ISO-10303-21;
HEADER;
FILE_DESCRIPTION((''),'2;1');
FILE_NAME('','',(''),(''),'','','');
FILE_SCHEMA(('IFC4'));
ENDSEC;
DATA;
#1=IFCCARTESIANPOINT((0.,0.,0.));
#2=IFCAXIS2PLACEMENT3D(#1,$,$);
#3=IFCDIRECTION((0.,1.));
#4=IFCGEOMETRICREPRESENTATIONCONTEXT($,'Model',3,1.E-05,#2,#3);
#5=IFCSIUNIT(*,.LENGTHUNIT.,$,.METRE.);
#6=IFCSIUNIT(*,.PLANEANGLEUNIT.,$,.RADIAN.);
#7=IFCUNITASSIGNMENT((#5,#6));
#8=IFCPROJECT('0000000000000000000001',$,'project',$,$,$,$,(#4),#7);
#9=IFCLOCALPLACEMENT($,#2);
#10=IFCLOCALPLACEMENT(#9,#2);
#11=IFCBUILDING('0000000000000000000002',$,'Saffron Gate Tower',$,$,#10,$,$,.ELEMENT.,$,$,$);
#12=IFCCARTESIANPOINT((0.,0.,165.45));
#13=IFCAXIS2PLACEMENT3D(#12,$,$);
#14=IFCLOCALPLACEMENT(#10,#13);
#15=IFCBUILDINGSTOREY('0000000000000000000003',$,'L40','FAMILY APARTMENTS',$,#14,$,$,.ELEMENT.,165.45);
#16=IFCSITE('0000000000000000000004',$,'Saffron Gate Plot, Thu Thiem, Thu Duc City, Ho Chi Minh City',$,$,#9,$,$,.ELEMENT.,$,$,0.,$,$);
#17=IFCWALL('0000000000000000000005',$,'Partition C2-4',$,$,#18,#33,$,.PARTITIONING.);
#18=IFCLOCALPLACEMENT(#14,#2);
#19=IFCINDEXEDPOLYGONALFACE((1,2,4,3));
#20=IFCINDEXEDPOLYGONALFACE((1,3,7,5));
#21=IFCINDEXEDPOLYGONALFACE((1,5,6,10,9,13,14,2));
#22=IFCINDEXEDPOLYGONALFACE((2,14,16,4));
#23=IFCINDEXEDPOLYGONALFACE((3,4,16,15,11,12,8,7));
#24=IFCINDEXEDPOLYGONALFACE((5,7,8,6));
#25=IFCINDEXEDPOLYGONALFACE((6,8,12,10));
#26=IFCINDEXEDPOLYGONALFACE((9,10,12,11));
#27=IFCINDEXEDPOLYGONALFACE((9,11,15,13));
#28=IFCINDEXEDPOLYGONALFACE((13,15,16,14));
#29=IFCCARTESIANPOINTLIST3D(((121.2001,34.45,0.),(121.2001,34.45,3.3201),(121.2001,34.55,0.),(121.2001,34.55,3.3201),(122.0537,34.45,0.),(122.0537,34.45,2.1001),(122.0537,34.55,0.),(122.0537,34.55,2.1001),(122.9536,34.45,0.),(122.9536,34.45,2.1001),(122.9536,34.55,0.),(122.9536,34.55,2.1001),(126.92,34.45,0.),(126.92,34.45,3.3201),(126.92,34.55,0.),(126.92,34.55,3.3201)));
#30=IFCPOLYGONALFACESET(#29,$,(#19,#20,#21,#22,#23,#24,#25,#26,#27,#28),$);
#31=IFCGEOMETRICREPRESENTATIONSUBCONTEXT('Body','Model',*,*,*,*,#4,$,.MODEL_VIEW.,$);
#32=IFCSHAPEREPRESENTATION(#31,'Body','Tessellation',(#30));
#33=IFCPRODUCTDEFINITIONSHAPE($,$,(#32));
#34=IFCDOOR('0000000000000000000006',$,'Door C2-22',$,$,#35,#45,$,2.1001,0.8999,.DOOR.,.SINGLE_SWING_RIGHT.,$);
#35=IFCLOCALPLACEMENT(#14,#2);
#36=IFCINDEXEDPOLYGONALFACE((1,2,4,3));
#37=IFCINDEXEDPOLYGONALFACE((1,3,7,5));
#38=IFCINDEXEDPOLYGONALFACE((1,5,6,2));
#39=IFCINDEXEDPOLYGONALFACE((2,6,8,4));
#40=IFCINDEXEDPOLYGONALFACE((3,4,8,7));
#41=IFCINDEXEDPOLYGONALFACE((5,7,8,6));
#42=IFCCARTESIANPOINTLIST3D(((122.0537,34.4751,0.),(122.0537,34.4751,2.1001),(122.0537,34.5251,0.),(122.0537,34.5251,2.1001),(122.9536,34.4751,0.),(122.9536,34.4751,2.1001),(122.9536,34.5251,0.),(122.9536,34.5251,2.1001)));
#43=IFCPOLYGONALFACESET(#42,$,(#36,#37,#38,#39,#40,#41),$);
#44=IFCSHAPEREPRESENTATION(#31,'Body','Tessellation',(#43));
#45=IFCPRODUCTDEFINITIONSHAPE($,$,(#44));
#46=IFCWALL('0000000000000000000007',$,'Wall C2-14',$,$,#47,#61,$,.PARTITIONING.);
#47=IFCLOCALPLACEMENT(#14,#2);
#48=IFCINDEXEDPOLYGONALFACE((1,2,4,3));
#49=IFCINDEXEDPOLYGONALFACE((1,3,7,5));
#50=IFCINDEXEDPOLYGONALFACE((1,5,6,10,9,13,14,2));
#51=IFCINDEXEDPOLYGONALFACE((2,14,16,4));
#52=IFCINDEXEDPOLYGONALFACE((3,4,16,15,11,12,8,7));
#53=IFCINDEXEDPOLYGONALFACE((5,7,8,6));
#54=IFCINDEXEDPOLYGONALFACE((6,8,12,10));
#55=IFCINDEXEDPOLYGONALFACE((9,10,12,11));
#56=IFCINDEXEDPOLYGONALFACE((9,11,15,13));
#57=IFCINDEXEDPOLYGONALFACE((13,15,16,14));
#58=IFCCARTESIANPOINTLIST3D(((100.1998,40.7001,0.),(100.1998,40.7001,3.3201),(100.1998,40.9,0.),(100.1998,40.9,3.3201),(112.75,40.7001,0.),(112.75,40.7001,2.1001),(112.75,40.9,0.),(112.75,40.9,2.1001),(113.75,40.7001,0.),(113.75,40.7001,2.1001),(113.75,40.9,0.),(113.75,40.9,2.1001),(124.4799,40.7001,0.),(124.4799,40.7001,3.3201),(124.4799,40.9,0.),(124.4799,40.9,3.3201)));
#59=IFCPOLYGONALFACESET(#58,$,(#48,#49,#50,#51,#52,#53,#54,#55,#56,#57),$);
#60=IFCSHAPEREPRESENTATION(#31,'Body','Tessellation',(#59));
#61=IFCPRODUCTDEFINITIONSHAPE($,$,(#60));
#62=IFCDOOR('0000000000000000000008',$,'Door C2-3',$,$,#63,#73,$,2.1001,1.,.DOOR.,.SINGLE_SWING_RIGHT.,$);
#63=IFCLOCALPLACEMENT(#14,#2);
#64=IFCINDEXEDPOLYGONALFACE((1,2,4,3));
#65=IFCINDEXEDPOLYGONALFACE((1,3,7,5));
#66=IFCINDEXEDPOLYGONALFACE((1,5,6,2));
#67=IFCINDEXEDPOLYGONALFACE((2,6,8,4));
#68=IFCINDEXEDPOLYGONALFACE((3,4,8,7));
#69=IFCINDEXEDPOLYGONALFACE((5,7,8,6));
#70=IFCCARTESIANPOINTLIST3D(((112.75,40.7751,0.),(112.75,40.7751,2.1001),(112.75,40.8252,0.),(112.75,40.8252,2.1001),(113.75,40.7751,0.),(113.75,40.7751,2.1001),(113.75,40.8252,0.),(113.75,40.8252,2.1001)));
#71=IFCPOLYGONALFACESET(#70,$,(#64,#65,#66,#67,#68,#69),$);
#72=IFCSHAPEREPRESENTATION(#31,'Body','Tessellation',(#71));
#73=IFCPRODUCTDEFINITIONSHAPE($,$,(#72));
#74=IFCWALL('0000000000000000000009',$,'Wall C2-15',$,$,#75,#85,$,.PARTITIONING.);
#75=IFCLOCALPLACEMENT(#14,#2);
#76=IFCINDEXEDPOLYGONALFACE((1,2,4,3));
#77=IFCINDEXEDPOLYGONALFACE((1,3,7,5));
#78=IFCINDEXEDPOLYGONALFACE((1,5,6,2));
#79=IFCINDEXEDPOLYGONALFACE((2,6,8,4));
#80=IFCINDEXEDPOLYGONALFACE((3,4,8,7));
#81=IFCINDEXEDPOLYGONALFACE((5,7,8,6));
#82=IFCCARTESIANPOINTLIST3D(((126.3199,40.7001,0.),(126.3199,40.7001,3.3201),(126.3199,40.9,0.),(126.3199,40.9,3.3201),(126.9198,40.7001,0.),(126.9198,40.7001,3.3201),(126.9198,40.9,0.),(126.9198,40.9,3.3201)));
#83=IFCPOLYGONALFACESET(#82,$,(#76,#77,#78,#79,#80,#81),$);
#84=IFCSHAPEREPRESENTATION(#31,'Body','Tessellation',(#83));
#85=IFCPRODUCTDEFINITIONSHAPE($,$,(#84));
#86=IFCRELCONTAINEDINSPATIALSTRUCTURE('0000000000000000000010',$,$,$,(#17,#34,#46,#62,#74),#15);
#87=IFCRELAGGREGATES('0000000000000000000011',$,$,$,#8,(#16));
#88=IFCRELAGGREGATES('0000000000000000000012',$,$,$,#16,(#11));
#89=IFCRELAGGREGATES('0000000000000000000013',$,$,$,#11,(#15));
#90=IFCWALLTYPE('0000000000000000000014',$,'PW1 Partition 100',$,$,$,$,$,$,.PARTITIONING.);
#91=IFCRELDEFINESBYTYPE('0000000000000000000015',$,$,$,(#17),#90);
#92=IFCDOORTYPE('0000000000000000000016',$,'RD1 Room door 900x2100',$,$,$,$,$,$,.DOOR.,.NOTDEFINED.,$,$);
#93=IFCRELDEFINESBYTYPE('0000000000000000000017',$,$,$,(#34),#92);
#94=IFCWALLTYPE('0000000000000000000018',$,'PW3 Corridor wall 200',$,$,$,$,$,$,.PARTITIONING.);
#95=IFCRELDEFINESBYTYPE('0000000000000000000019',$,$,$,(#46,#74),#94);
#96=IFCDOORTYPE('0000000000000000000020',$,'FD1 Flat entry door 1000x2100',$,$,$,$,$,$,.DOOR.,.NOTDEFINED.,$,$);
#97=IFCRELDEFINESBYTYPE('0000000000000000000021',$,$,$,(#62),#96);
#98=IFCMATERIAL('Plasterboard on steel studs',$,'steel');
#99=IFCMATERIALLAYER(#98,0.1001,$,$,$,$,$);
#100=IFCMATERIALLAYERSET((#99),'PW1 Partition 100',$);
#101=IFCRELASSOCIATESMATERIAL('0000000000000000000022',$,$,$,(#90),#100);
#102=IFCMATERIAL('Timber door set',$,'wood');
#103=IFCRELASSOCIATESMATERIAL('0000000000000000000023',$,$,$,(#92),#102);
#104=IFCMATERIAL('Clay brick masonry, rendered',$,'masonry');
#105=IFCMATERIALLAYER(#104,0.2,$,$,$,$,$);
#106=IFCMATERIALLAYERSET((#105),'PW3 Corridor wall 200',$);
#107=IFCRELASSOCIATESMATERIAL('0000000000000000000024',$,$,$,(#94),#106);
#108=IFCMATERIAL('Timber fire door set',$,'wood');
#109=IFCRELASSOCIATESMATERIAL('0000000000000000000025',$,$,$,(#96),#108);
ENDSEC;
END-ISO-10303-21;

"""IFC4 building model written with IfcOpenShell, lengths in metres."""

from ifc_helpers import new_model, si_unit, direction, frame, frame_2d, origin, place, context, subcontext, project, spatial, rectangle, extrude, material, layer, layer_set, type_object, element, fill, save


model = new_model("IFC4")

# Units and contexts
model_context = context("Model", 3, precision=1e-05, world=origin(), true_north=direction((0.0, 1.0)))
body_context = subcontext(model_context, "Body", "Model", "MODEL_VIEW")
ifc_project = project(units=[si_unit("LENGTHUNIT", "METRE"), si_unit("PLANEANGLEUNIT", "RADIAN")], contexts=[model_context])

# Site, building, storey
site_placement = place(None, origin())
site = spatial("IfcSite", under=ifc_project, at=site_placement, Name="Saffron Gate Plot, Thu Thiem, Thu Duc City, Ho Chi Minh City", CompositionType="ELEMENT", RefElevation=0.0)
building_placement = place(site_placement, origin())
building = spatial("IfcBuilding", under=site, at=building_placement, Name="Saffron Gate Tower", CompositionType="ELEMENT")
storey_placement = place(building_placement, frame((0.0, 0.0, 165.45)))
storey = spatial("IfcBuildingStorey", under=building, at=storey_placement, Name="L40", Description="FAMILY APARTMENTS", CompositionType="ELEMENT", Elevation=165.45)

# Walls, openings, doors
ifc_material_1 = material(Name="Plasterboard on steel studs", Category="steel")
ifc_layer_1 = layer(ifc_material_1, 0.1001)
ifc_layer_set_1 = layer_set([ifc_layer_1], Name="PW1 Partition 100")
wall_type_1 = type_object("IfcWallType", Name="PW1 Partition 100", PredefinedType="PARTITIONING", material=ifc_layer_set_1)
wall_1_placement = place(storey_placement, frame((126.9199, 34.5, 0.0), z_axis=(0.0, 0.0, 1.0), x_axis=(-1.0, 0.0, 0.0)))
wall_1 = element("IfcWall", 1, at=wall_1_placement, inside=storey, type_object=wall_type_1, Name="Partition C2-4", PredefinedType="PARTITIONING", context=body_context, shape_type="SweptSolid", body=[
    extrude(rectangle(XDim=5.72, YDim=0.1001, at=frame_2d((2.8599, 0.0))), origin(), (0.0, 0.0, 1.0), 3.3201),
])
opening_1_placement = place(wall_1_placement, frame((3.9663, 0.0, 0.0)))
opening_1 = element("IfcOpeningElement", 2, at=opening_1_placement, cuts=wall_1, PredefinedType="OPENING", context=body_context, shape_type="SweptSolid", body=[
    extrude(rectangle(XDim=0.8999, YDim=2.1001, at=frame_2d((0.45, 1.05))), frame((0.0, 0.0601, 0.0), z_axis=(0.0, -1.0, 0.0), x_axis=(1.0, 0.0, 0.0)), (0.0, 0.0, 1.0), 0.1201),
])
ifc_material_2 = material(Name="Timber door set", Category="wood")
door_type_1 = type_object("IfcDoorType", Name="RD1 Room door 900x2100", OperationType="NOTDEFINED", PredefinedType="DOOR", material=ifc_material_2)
door_1_placement = place(opening_1_placement, origin())
door_1 = element("IfcDoor", 3, at=door_1_placement, inside=storey, type_object=door_type_1, Name="Door C2-22", OperationType="SINGLE_SWING_RIGHT", OverallHeight=2.1001, OverallWidth=0.8999, PredefinedType="DOOR", context=body_context, shape_type="SweptSolid", body=[
    extrude(rectangle(XDim=0.8999, YDim=2.1001, at=frame_2d((0.45, 1.05))), frame((0.0, 0.0249, 0.0), z_axis=(0.0, -1.0, 0.0), x_axis=(1.0, 0.0, 0.0)), (0.0, 0.0, 1.0), 0.05),
])
fill(opening_1, door_1)
ifc_material_3 = material(Name="Clay brick masonry, rendered", Category="masonry")
ifc_layer_2 = layer(ifc_material_3, 0.2)
ifc_layer_set_2 = layer_set([ifc_layer_2], Name="PW3 Corridor wall 200")
wall_type_2 = type_object("IfcWallType", Name="PW3 Corridor wall 200", PredefinedType="PARTITIONING", material=ifc_layer_set_2)
wall_2_placement = place(storey_placement, frame((124.48, 40.8, 0.0), z_axis=(0.0, 0.0, 1.0), x_axis=(-1.0, 0.0, 0.0)))
wall_2 = element("IfcWall", 4, at=wall_2_placement, inside=storey, type_object=wall_type_2, Name="Wall C2-14", PredefinedType="PARTITIONING", context=body_context, shape_type="SweptSolid", body=[
    extrude(rectangle(XDim=24.28, YDim=0.2, at=frame_2d((12.1401, 0.0))), origin(), (0.0, 0.0, 1.0), 3.3201),
])
opening_2_placement = place(wall_2_placement, frame((10.73, 0.0, 0.0)))
opening_2 = element("IfcOpeningElement", 5, at=opening_2_placement, cuts=wall_2, PredefinedType="OPENING", context=body_context, shape_type="SweptSolid", body=[
    extrude(rectangle(XDim=1.0, YDim=2.1001, at=frame_2d((0.5, 1.05))), frame((0.0, 0.1099, 0.0), z_axis=(0.0, -1.0, 0.0), x_axis=(1.0, 0.0, 0.0)), (0.0, 0.0, 1.0), 0.22),
])
ifc_material_4 = material(Name="Timber fire door set", Category="wood")
door_type_2 = type_object("IfcDoorType", Name="FD1 Flat entry door 1000x2100", OperationType="NOTDEFINED", PredefinedType="DOOR", material=ifc_material_4)
door_2_placement = place(opening_2_placement, origin())
door_2 = element("IfcDoor", 6, at=door_2_placement, inside=storey, type_object=door_type_2, Name="Door C2-3", OperationType="SINGLE_SWING_RIGHT", OverallHeight=2.1001, OverallWidth=1.0, PredefinedType="DOOR", context=body_context, shape_type="SweptSolid", body=[
    extrude(rectangle(XDim=1.0, YDim=2.1001, at=frame_2d((0.5, 1.05))), frame((0.0, 0.0249, 0.0), z_axis=(0.0, -1.0, 0.0), x_axis=(1.0, 0.0, 0.0)), (0.0, 0.0, 1.0), 0.05),
])
fill(opening_2, door_2)

# Wall
wall_3_placement = place(storey_placement, frame((126.3201, 40.8, 0.0), z_axis=(0.0, 0.0, 1.0), x_axis=(1.0, 0.0, 0.0)))
element("IfcWall", 7, at=wall_3_placement, inside=storey, type_object=wall_type_2, Name="Wall C2-15", PredefinedType="PARTITIONING", context=body_context, shape_type="SweptSolid", body=[
    extrude(rectangle(XDim=0.5999, YDim=0.2, at=frame_2d((0.2998, 0.0))), origin(), (0.0, 0.0, 1.0), 3.3201),
])

save(model, "model.ifc")
